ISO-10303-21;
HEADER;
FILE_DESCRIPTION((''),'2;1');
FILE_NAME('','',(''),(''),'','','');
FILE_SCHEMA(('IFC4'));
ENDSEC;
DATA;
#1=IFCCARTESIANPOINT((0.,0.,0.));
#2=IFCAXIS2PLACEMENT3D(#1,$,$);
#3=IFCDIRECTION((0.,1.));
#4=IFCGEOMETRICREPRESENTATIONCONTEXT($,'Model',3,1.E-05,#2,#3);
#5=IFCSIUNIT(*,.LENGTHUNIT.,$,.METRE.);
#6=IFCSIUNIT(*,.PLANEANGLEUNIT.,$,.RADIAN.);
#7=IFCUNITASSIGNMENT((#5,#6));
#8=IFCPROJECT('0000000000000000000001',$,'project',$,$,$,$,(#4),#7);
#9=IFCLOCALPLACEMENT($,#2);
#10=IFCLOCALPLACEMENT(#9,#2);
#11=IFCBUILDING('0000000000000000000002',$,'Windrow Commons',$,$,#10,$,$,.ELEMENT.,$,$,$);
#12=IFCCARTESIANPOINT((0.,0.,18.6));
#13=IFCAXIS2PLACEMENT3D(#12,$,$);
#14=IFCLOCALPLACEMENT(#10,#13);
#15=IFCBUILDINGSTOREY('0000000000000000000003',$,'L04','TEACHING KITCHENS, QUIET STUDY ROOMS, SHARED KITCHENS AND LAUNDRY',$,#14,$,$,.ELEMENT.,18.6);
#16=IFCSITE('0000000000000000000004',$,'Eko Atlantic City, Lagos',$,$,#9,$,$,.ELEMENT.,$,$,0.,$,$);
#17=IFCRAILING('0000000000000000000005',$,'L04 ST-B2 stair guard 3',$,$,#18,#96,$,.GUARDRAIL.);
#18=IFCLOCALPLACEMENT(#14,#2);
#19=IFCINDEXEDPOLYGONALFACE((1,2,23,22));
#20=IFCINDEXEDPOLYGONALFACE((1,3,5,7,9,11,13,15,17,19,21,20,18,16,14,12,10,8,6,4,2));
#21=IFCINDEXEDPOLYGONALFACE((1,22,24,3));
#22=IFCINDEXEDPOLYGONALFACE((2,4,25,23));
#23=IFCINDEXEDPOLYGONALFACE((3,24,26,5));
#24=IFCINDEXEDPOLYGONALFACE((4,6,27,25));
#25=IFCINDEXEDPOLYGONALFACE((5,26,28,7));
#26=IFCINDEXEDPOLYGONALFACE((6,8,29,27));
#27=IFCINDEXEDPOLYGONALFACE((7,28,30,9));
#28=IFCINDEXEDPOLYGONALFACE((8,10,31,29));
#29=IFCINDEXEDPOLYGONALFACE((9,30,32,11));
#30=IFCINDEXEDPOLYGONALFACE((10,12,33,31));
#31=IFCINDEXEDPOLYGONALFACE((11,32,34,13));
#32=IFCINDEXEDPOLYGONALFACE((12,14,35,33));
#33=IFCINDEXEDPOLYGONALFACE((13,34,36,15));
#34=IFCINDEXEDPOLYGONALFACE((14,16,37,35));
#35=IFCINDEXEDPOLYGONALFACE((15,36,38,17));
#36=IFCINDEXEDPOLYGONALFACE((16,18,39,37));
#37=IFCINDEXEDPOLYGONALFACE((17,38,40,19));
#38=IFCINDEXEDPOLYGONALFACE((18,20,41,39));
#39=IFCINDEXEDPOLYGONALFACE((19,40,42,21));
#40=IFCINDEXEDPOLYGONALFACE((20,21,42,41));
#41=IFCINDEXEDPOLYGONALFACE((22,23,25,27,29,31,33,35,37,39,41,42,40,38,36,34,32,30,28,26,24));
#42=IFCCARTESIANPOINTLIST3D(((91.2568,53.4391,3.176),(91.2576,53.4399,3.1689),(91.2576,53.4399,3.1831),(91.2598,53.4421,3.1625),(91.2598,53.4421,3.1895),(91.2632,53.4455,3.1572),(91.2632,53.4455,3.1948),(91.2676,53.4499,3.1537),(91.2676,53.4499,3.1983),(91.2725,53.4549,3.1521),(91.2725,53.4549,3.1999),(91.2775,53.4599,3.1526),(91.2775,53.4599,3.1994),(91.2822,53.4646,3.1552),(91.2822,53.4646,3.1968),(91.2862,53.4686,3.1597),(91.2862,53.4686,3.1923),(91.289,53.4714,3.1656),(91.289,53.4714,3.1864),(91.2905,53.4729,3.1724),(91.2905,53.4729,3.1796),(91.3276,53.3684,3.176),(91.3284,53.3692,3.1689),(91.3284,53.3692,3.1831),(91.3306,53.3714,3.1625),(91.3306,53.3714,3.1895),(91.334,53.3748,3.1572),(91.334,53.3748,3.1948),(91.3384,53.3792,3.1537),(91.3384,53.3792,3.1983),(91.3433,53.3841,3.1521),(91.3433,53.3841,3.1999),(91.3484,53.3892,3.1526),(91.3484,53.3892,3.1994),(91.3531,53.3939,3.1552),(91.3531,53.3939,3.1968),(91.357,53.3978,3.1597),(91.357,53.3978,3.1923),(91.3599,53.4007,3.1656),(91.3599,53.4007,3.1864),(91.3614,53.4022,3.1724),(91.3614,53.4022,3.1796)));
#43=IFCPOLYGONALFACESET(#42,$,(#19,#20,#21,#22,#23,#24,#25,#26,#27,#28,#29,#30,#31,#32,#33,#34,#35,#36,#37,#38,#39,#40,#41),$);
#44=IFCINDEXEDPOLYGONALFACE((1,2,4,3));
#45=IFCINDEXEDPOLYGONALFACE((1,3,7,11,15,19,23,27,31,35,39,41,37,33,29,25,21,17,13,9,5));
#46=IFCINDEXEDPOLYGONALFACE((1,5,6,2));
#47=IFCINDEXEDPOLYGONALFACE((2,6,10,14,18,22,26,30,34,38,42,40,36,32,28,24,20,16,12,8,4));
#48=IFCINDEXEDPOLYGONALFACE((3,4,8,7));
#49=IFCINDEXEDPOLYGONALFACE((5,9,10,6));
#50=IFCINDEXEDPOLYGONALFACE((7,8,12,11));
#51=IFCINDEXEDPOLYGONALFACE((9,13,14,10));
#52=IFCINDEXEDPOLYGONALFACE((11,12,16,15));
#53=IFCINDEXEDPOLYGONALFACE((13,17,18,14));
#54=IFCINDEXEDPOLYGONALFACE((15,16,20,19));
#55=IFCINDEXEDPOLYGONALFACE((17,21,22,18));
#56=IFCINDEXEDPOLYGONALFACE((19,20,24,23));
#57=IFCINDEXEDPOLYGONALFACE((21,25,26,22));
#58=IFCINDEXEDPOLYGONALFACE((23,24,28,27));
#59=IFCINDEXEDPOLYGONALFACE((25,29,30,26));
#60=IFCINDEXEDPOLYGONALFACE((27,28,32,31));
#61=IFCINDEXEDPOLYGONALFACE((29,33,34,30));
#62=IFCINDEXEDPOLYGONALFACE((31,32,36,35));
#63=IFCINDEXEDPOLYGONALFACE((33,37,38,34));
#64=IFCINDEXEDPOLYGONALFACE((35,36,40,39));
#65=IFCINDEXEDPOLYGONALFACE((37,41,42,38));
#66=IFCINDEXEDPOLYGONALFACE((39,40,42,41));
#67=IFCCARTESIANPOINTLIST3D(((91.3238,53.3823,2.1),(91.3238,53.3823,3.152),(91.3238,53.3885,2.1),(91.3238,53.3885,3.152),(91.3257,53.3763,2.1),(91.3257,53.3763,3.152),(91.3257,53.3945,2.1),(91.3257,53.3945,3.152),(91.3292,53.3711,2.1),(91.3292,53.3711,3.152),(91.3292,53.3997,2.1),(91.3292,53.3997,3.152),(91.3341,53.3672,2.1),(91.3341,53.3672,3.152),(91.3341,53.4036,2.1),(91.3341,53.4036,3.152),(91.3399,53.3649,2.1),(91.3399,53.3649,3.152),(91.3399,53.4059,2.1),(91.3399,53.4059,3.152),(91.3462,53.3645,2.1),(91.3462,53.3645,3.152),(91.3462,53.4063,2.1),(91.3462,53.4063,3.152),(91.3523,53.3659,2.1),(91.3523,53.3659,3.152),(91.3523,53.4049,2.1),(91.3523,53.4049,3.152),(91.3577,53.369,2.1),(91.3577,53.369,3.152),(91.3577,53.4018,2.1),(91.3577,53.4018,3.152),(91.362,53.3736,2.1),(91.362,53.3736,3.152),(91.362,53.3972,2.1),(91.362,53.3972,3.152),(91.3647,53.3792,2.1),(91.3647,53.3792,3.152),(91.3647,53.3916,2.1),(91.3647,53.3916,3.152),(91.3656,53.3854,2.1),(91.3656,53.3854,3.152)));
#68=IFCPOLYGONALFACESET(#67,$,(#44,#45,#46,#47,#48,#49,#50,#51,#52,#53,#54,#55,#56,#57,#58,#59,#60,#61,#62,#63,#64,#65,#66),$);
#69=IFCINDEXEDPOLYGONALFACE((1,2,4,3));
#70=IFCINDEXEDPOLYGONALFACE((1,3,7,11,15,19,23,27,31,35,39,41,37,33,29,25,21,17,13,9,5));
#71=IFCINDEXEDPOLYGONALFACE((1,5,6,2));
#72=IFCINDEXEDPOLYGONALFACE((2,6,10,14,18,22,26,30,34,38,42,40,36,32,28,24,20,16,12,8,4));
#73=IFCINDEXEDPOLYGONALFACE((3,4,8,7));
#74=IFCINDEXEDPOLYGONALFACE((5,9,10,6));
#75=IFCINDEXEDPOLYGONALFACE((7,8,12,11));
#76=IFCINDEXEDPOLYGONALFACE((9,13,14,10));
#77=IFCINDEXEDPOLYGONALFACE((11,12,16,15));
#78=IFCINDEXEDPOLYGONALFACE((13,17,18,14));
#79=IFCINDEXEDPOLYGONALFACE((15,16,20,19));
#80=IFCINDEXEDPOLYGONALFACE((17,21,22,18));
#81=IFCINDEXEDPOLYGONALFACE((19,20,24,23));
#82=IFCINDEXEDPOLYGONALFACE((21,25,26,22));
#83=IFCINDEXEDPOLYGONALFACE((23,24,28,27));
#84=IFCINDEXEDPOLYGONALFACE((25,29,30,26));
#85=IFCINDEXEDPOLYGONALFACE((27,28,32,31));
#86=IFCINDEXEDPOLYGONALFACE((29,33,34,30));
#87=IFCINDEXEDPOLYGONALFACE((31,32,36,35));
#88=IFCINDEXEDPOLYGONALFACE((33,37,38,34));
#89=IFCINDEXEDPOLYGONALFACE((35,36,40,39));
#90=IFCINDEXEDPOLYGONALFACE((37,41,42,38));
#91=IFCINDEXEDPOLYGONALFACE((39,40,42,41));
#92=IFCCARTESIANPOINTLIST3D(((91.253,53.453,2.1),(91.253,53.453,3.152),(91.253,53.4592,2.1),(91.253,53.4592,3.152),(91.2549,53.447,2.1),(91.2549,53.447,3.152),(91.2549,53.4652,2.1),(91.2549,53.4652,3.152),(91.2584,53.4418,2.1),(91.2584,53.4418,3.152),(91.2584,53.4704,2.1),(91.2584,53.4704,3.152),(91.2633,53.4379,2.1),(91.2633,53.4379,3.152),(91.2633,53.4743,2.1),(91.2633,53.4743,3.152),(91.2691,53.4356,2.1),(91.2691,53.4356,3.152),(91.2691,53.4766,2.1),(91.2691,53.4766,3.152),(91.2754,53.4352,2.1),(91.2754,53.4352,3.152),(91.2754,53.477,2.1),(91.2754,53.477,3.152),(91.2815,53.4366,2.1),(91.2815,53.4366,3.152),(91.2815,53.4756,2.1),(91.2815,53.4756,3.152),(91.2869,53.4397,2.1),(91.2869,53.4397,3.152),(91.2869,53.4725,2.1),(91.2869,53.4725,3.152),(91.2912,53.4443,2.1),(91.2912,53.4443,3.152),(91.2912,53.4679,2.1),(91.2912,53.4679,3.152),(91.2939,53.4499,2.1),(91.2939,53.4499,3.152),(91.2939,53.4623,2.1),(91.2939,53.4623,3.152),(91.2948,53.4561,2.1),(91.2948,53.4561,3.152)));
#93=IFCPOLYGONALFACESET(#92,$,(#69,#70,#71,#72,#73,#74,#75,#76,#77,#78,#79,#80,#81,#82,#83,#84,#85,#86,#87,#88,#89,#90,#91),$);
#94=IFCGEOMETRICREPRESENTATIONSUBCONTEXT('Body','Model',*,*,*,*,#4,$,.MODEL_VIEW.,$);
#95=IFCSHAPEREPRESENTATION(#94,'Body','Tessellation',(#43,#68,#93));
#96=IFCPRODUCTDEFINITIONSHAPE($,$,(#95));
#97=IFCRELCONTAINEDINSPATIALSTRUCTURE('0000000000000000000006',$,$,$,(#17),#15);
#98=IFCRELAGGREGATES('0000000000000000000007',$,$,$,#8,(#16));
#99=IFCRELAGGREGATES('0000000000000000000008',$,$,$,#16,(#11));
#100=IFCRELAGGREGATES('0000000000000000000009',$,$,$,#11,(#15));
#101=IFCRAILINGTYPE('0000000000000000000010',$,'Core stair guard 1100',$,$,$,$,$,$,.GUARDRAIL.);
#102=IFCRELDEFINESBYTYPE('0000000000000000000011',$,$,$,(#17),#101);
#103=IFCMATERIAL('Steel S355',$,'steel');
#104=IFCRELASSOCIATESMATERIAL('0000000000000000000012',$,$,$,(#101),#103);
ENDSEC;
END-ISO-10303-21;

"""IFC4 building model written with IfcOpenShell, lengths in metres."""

from ifc_helpers import new_model, si_unit, direction, frame, origin, origin_2d, place, context, subcontext, project, spatial, circle, extrude, material, type_object, element, save


model = new_model("IFC4")

# Units and contexts
model_context = context("Model", 3, precision=1e-05, world=origin(), true_north=direction((0.0, 1.0)))
body_context = subcontext(model_context, "Body", "Model", "MODEL_VIEW")
ifc_project = project(units=[si_unit("LENGTHUNIT", "METRE"), si_unit("PLANEANGLEUNIT", "RADIAN")], contexts=[model_context])

# Site, building, storey
site_placement = place(None, origin())
site = spatial("IfcSite", under=ifc_project, at=site_placement, Name="Eko Atlantic City, Lagos", CompositionType="ELEMENT", RefElevation=0.0)
building_placement = place(site_placement, origin())
building = spatial("IfcBuilding", under=site, at=building_placement, Name="Windrow Commons", CompositionType="ELEMENT")
storey_placement = place(building_placement, frame((0.0, 0.0, 18.6)))
storey = spatial("IfcBuildingStorey", under=building, at=storey_placement, Name="L04", Description="TEACHING KITCHENS, QUIET STUDY ROOMS, SHARED KITCHENS AND LAUNDRY", CompositionType="ELEMENT", Elevation=18.6)

# Railing
ifc_material_1 = material(Name="Steel S355", Category="steel")
railing_type_1 = type_object("IfcRailingType", Name="Core stair guard 1100", PredefinedType="GUARDRAIL", material=ifc_material_1)
railing_1_placement = place(storey_placement, frame((91.3446, 53.3854, 2.1)))
element("IfcRailing", 1, at=railing_1_placement, inside=storey, type_object=railing_type_1, Name="L04 ST-B2 stair guard 3", PredefinedType="GUARDRAIL", context=body_context, shape_type="SweptSolid", body=[
    extrude(circle(Radius=0.024, at=origin_2d()), frame((0.0, 0.0, 1.076), z_axis=(-0.707606, 0.706607, 0.0), x_axis=(-0.706607, -0.707606, 0.0)), (0.0, 0.0, 1.0), 0.1001),
    extrude(circle(Radius=0.021, at=origin_2d()), origin(), (0.0, 0.0, 1.0), 1.052),
    extrude(circle(Radius=0.021, at=origin_2d()), frame((-0.0708, 0.0707, 0.0)), (0.0, 0.0, 1.0), 1.052),
])

save(model, "model.ifc")
